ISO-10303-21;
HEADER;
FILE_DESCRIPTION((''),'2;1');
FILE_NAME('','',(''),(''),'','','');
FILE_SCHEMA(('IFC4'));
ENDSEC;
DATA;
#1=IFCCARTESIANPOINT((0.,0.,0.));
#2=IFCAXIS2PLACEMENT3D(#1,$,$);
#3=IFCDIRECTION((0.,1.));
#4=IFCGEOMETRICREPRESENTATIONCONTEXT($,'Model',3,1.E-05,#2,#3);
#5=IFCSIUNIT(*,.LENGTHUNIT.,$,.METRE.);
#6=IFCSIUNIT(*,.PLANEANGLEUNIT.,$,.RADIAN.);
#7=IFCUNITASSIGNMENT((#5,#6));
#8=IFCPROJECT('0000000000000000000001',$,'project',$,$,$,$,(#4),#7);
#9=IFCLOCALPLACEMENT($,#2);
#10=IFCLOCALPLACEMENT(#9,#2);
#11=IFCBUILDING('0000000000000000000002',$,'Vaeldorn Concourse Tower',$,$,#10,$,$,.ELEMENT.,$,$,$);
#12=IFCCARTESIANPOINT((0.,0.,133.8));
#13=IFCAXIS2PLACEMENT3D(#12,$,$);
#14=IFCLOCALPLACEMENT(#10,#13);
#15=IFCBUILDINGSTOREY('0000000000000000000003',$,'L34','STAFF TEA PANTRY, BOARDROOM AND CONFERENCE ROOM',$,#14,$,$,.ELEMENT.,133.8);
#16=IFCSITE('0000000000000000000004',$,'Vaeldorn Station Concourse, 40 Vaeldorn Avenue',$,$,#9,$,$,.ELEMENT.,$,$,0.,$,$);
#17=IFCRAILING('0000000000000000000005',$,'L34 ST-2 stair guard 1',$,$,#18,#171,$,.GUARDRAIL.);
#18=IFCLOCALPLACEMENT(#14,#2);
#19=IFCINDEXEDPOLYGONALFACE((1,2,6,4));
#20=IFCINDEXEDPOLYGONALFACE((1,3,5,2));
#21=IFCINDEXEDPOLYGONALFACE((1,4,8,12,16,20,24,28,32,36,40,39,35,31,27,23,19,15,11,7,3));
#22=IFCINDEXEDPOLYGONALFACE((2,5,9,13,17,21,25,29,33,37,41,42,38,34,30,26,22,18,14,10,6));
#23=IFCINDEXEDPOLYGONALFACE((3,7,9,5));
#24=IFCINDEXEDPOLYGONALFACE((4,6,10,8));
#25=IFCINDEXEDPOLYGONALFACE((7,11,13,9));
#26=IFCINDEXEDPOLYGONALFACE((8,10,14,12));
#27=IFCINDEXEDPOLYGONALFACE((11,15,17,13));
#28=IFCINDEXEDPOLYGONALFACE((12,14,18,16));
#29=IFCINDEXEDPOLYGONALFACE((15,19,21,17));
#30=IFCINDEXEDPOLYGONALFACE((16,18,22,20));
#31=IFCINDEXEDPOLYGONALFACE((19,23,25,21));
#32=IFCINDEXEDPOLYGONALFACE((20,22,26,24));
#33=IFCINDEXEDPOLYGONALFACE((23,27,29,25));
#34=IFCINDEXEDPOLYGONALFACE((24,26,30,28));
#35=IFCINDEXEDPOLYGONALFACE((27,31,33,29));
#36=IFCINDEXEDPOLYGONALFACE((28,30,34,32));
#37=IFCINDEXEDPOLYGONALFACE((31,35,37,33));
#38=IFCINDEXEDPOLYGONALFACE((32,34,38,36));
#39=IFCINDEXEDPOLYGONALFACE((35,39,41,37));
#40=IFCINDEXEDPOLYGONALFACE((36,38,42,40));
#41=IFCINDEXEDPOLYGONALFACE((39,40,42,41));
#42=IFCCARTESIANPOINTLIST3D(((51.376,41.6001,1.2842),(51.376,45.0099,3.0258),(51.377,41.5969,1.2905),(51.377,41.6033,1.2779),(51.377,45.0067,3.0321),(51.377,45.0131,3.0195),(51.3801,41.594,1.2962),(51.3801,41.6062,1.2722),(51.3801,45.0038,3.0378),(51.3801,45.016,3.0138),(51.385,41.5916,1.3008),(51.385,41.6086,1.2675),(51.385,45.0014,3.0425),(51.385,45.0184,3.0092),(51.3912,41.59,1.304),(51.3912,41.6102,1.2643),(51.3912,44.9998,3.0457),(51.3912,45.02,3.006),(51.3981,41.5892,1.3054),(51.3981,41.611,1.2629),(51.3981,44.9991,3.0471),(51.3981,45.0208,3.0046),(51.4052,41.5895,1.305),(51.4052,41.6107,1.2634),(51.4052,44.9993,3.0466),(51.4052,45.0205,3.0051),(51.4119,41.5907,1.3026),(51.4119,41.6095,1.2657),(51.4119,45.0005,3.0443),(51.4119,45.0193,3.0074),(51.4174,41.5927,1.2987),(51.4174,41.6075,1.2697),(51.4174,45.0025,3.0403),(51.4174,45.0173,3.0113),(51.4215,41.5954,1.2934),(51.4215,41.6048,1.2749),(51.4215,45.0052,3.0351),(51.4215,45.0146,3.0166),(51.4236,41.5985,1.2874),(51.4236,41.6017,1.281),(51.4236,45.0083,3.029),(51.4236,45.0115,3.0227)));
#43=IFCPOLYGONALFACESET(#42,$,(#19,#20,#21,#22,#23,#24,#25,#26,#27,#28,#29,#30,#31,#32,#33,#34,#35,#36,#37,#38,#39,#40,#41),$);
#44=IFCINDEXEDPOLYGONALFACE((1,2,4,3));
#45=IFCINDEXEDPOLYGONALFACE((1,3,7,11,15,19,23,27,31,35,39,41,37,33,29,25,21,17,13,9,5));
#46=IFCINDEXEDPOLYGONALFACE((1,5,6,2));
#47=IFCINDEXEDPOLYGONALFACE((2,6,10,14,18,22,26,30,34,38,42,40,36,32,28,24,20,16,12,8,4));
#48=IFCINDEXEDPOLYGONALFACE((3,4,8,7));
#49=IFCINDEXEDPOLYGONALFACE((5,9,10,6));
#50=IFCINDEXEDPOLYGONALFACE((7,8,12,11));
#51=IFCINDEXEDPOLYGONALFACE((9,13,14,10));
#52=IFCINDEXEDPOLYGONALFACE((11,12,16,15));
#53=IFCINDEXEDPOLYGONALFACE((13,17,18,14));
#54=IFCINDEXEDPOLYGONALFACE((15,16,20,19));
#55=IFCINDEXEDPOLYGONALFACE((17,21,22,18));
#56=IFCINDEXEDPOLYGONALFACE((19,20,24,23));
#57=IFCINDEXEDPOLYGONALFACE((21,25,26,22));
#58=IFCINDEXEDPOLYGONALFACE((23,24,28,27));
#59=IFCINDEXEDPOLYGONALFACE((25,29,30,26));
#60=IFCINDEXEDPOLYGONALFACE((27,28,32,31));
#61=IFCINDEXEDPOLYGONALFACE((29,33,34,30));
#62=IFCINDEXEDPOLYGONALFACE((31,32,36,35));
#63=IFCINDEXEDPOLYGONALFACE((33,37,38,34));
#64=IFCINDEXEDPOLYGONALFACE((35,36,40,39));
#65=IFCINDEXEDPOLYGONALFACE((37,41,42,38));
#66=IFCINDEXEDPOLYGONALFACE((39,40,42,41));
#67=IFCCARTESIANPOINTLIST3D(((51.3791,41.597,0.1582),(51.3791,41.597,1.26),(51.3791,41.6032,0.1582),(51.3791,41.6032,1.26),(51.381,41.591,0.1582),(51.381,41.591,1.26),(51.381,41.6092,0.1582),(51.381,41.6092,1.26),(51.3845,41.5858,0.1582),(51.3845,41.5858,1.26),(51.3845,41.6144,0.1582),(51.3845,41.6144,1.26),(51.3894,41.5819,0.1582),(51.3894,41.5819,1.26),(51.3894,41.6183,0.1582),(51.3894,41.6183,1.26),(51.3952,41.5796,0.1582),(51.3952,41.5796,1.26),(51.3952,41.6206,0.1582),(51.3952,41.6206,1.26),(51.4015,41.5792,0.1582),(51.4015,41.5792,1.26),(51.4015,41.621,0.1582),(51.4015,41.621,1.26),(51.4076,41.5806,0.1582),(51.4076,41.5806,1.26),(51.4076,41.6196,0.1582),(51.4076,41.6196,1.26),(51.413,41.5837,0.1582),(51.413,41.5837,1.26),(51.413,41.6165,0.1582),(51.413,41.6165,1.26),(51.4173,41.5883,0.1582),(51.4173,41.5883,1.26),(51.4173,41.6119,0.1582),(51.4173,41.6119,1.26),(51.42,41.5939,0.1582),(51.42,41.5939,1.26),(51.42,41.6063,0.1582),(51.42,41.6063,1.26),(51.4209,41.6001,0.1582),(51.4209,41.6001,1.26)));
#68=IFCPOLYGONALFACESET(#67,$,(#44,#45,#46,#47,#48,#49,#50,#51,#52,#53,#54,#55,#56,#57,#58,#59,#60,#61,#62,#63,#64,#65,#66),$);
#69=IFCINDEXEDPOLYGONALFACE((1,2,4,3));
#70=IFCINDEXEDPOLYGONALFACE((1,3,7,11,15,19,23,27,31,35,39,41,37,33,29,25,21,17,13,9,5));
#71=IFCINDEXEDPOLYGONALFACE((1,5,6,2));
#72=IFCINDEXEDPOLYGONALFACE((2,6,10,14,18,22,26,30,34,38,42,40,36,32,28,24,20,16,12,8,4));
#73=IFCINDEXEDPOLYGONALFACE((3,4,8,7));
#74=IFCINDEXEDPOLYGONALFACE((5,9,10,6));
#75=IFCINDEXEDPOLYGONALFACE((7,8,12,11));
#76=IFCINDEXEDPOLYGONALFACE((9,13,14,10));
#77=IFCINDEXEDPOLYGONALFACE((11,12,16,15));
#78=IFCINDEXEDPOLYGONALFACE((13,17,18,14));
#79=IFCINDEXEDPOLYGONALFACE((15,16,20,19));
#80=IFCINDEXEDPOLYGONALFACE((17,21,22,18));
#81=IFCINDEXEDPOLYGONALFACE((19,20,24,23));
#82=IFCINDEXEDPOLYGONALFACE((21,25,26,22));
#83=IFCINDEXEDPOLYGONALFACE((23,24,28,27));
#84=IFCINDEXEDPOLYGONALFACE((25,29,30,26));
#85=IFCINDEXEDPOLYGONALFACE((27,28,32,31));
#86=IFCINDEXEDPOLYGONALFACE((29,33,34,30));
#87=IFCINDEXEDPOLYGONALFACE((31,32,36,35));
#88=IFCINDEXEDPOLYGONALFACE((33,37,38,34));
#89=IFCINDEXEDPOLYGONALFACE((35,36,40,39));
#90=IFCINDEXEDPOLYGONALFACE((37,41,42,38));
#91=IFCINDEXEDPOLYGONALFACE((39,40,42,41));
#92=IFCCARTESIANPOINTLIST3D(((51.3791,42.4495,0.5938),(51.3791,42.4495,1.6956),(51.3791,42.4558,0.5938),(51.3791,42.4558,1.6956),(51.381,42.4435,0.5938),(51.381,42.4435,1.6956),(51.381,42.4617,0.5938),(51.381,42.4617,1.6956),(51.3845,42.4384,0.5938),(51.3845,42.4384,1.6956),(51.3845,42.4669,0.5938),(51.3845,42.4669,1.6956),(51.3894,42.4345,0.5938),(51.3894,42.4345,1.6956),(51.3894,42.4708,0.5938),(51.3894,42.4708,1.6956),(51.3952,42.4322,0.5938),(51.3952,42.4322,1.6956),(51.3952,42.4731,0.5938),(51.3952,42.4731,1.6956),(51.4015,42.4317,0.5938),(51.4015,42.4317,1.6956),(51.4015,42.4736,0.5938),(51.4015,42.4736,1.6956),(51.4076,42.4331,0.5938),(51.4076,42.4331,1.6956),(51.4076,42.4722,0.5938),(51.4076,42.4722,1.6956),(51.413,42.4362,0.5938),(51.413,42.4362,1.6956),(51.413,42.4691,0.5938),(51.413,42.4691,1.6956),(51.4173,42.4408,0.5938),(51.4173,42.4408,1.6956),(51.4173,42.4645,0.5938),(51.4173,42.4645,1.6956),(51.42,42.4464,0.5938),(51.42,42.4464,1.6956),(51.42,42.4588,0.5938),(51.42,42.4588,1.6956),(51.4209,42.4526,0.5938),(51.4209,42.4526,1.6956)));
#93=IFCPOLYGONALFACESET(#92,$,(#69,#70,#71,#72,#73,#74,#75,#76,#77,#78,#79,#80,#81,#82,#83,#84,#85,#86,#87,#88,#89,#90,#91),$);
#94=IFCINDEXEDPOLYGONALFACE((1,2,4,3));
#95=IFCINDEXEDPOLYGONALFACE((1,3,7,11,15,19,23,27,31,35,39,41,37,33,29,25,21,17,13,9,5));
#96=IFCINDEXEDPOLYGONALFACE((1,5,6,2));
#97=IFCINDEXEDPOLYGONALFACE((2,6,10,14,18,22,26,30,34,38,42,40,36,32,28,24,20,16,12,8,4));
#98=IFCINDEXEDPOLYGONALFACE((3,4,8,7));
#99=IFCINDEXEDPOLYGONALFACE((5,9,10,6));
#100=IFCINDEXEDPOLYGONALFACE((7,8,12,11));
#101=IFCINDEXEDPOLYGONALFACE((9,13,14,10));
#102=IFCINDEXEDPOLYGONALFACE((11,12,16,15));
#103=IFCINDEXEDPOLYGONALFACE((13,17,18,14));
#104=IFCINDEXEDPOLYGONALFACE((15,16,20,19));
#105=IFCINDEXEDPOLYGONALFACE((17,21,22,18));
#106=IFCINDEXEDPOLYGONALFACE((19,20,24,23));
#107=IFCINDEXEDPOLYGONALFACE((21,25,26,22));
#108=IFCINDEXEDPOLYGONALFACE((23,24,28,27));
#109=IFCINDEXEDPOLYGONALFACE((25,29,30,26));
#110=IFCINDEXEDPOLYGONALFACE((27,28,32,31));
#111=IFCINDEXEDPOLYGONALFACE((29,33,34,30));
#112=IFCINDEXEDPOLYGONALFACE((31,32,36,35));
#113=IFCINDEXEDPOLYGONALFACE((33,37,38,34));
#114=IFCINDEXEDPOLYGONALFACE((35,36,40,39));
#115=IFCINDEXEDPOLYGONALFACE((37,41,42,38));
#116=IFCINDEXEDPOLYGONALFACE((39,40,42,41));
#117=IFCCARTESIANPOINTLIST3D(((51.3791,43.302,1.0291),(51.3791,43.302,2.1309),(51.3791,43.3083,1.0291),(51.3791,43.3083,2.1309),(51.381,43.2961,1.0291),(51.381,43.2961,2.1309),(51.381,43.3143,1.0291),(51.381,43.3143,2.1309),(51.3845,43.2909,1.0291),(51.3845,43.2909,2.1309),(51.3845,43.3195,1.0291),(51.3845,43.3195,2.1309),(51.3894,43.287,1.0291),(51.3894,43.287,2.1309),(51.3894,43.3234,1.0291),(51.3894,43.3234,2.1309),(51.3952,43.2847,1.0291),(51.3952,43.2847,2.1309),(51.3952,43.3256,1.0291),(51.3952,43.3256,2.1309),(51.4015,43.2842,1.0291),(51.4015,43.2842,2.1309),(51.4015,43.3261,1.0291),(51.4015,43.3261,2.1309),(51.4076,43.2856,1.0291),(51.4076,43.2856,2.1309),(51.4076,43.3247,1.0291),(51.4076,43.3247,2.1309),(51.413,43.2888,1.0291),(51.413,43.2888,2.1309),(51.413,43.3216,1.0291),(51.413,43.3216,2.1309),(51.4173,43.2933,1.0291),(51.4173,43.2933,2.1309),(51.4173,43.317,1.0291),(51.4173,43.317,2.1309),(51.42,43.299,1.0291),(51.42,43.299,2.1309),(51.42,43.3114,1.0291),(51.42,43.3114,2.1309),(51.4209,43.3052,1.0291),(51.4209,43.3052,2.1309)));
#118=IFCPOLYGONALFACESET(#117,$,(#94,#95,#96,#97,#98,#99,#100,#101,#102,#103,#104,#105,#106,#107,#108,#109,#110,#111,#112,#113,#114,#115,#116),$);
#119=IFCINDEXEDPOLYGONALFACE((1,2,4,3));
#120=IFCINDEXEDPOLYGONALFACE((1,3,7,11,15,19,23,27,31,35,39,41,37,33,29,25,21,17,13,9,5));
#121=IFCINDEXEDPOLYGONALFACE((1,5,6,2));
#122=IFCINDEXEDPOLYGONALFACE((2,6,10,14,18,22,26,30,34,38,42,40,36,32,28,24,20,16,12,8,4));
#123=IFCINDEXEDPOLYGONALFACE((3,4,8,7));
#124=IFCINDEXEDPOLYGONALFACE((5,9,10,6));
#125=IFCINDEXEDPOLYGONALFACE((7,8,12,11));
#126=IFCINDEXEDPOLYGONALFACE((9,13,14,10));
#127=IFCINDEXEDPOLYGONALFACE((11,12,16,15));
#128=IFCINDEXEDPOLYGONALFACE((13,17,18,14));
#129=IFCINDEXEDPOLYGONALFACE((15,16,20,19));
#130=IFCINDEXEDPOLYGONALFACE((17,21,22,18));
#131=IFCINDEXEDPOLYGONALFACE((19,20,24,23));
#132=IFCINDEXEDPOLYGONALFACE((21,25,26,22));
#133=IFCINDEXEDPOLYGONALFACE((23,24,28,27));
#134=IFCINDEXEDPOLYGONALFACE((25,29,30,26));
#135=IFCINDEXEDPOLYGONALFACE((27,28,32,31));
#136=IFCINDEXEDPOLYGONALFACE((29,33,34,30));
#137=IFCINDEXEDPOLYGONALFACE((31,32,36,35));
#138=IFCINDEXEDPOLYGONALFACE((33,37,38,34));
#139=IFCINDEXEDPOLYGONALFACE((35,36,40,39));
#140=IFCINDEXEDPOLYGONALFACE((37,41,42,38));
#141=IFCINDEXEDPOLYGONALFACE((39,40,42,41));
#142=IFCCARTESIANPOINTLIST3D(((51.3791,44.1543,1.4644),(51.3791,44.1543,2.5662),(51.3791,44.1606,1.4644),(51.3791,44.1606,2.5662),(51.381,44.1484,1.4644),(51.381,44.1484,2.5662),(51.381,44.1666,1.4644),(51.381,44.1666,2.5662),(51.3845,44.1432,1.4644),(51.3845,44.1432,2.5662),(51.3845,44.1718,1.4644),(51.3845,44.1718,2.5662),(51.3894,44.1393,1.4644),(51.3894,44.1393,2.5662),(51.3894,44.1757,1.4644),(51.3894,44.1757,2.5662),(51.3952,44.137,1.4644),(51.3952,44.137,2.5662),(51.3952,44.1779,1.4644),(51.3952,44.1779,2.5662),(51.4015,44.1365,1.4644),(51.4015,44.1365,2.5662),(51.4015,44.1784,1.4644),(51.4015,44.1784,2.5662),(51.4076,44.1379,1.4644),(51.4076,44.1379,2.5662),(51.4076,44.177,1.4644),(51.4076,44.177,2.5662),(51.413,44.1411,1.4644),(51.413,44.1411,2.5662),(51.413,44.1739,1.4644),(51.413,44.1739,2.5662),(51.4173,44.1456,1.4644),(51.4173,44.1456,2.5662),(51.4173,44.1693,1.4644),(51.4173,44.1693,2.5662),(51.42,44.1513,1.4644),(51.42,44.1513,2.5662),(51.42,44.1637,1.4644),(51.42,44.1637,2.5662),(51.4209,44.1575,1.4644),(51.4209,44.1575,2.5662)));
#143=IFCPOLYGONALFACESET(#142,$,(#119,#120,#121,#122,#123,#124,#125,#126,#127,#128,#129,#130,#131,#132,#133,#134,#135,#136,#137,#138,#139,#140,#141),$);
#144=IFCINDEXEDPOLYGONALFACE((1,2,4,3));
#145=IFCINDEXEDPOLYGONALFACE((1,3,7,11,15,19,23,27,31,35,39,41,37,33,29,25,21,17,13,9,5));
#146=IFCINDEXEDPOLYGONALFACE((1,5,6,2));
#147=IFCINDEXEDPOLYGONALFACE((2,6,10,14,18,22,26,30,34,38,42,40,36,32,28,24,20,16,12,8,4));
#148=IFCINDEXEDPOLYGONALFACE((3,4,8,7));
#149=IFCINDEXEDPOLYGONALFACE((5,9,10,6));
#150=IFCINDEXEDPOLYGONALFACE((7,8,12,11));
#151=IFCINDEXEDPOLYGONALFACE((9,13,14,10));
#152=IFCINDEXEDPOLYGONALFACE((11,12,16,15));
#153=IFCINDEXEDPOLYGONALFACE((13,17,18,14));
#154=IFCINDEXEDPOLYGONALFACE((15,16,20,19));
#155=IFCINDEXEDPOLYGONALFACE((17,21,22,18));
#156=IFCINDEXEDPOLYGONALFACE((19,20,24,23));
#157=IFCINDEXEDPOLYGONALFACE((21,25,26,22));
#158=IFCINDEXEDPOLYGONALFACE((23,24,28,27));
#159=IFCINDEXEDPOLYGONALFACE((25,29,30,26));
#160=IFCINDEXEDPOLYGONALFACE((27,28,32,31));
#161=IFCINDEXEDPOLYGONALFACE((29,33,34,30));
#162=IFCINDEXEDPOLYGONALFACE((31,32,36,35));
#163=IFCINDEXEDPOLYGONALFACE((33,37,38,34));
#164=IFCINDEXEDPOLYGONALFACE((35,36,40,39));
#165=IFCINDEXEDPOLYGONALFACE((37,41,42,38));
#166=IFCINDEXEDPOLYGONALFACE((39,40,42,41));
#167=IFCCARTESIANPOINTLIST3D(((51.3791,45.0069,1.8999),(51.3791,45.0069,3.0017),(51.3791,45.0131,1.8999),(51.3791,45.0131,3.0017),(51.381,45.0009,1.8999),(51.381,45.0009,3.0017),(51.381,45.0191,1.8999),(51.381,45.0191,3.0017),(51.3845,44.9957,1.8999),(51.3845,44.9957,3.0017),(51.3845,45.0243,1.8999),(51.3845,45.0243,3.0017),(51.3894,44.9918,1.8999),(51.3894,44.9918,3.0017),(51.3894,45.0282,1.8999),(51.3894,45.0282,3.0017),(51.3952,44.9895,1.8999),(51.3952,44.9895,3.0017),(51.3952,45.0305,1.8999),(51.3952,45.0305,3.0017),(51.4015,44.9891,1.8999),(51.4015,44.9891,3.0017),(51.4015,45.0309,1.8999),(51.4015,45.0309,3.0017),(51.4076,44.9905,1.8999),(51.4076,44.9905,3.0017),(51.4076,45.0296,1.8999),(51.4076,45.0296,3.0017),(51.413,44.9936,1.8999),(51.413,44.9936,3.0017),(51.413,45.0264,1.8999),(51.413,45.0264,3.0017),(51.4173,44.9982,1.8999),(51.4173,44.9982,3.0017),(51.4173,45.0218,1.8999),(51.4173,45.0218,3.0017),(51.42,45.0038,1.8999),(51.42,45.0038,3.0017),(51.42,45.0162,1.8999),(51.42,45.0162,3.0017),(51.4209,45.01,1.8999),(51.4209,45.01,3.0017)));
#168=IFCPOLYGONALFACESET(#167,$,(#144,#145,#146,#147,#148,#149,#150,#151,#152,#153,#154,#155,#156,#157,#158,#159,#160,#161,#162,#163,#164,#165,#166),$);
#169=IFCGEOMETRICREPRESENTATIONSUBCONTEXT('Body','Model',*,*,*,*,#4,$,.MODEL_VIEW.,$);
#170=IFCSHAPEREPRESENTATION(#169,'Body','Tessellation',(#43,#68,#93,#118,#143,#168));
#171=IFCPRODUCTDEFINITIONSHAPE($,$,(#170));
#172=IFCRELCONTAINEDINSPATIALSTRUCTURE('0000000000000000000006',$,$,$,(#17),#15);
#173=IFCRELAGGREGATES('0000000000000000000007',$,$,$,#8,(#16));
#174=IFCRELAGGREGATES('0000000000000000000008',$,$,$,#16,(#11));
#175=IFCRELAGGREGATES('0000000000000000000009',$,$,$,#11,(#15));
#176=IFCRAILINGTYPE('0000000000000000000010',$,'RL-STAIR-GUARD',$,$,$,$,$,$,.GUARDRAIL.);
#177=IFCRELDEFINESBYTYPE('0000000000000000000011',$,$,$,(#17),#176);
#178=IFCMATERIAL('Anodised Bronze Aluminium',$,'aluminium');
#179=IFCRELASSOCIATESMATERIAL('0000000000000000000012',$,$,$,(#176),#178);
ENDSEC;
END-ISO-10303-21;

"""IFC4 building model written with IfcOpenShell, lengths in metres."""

from ifc_helpers import new_model, si_unit, direction, frame, origin, origin_2d, place, context, subcontext, project, spatial, circle, extrude, material, type_object, element, save


model = new_model("IFC4")

# Units and contexts
model_context = context("Model", 3, precision=1e-05, world=origin(), true_north=direction((0.0, 1.0)))
body_context = subcontext(model_context, "Body", "Model", "MODEL_VIEW")
ifc_project = project(units=[si_unit("LENGTHUNIT", "METRE"), si_unit("PLANEANGLEUNIT", "RADIAN")], contexts=[model_context])

# Site, building, storey
site_placement = place(None, origin())
site = spatial("IfcSite", under=ifc_project, at=site_placement, Name="Vaeldorn Station Concourse, 40 Vaeldorn Avenue", CompositionType="ELEMENT", RefElevation=0.0)
building_placement = place(site_placement, origin())
building = spatial("IfcBuilding", under=site, at=building_placement, Name="Vaeldorn Concourse Tower", CompositionType="ELEMENT")
storey_placement = place(building_placement, frame((0.0, 0.0, 133.8)))
storey = spatial("IfcBuildingStorey", under=building, at=storey_placement, Name="L34", Description="STAFF TEA PANTRY, BOARDROOM AND CONFERENCE ROOM", CompositionType="ELEMENT", Elevation=133.8)

# Shared definitions
ifc_material_1 = material(Name="Anodised Bronze Aluminium", Category="aluminium")

# Railing
railing_type_1 = type_object("IfcRailingType", Name="RL-STAIR-GUARD", PredefinedType="GUARDRAIL", material=ifc_material_1)
railing_1_placement = place(storey_placement, frame((51.3999, 41.6001, 0.1582)))
element("IfcRailing", 1, at=railing_1_placement, inside=storey, type_object=railing_type_1, Name="L34 ST-2 stair guard 1", PredefinedType="GUARDRAIL", context=body_context, shape_type="SweptSolid", body=[
    extrude(circle(Radius=0.0239, at=origin_2d()), frame((0.0, 0.0, 1.126), z_axis=(0.0, 0.890556, 0.454874), x_axis=(-1.0, 0.0, 0.0)), (0.0, 0.0, 1.0), 3.8289),
    extrude(circle(Radius=0.021, at=origin_2d()), origin(), (0.0, 0.0, 1.0), 1.1018),
    extrude(circle(Radius=0.021, at=origin_2d()), frame((0.0, 0.8525, 0.4355)), (0.0, 0.0, 1.0), 1.1018),
    extrude(circle(Radius=0.021, at=origin_2d()), frame((0.0, 1.7051, 0.8708)), (0.0, 0.0, 1.0), 1.1018),
    extrude(circle(Radius=0.021, at=origin_2d()), frame((0.0, 2.5574, 1.3062)), (0.0, 0.0, 1.0), 1.1018),
    extrude(circle(Radius=0.021, at=origin_2d()), frame((0.0, 3.4099, 1.7417)), (0.0, 0.0, 1.0), 1.1018),
])

save(model, "model.ifc")
